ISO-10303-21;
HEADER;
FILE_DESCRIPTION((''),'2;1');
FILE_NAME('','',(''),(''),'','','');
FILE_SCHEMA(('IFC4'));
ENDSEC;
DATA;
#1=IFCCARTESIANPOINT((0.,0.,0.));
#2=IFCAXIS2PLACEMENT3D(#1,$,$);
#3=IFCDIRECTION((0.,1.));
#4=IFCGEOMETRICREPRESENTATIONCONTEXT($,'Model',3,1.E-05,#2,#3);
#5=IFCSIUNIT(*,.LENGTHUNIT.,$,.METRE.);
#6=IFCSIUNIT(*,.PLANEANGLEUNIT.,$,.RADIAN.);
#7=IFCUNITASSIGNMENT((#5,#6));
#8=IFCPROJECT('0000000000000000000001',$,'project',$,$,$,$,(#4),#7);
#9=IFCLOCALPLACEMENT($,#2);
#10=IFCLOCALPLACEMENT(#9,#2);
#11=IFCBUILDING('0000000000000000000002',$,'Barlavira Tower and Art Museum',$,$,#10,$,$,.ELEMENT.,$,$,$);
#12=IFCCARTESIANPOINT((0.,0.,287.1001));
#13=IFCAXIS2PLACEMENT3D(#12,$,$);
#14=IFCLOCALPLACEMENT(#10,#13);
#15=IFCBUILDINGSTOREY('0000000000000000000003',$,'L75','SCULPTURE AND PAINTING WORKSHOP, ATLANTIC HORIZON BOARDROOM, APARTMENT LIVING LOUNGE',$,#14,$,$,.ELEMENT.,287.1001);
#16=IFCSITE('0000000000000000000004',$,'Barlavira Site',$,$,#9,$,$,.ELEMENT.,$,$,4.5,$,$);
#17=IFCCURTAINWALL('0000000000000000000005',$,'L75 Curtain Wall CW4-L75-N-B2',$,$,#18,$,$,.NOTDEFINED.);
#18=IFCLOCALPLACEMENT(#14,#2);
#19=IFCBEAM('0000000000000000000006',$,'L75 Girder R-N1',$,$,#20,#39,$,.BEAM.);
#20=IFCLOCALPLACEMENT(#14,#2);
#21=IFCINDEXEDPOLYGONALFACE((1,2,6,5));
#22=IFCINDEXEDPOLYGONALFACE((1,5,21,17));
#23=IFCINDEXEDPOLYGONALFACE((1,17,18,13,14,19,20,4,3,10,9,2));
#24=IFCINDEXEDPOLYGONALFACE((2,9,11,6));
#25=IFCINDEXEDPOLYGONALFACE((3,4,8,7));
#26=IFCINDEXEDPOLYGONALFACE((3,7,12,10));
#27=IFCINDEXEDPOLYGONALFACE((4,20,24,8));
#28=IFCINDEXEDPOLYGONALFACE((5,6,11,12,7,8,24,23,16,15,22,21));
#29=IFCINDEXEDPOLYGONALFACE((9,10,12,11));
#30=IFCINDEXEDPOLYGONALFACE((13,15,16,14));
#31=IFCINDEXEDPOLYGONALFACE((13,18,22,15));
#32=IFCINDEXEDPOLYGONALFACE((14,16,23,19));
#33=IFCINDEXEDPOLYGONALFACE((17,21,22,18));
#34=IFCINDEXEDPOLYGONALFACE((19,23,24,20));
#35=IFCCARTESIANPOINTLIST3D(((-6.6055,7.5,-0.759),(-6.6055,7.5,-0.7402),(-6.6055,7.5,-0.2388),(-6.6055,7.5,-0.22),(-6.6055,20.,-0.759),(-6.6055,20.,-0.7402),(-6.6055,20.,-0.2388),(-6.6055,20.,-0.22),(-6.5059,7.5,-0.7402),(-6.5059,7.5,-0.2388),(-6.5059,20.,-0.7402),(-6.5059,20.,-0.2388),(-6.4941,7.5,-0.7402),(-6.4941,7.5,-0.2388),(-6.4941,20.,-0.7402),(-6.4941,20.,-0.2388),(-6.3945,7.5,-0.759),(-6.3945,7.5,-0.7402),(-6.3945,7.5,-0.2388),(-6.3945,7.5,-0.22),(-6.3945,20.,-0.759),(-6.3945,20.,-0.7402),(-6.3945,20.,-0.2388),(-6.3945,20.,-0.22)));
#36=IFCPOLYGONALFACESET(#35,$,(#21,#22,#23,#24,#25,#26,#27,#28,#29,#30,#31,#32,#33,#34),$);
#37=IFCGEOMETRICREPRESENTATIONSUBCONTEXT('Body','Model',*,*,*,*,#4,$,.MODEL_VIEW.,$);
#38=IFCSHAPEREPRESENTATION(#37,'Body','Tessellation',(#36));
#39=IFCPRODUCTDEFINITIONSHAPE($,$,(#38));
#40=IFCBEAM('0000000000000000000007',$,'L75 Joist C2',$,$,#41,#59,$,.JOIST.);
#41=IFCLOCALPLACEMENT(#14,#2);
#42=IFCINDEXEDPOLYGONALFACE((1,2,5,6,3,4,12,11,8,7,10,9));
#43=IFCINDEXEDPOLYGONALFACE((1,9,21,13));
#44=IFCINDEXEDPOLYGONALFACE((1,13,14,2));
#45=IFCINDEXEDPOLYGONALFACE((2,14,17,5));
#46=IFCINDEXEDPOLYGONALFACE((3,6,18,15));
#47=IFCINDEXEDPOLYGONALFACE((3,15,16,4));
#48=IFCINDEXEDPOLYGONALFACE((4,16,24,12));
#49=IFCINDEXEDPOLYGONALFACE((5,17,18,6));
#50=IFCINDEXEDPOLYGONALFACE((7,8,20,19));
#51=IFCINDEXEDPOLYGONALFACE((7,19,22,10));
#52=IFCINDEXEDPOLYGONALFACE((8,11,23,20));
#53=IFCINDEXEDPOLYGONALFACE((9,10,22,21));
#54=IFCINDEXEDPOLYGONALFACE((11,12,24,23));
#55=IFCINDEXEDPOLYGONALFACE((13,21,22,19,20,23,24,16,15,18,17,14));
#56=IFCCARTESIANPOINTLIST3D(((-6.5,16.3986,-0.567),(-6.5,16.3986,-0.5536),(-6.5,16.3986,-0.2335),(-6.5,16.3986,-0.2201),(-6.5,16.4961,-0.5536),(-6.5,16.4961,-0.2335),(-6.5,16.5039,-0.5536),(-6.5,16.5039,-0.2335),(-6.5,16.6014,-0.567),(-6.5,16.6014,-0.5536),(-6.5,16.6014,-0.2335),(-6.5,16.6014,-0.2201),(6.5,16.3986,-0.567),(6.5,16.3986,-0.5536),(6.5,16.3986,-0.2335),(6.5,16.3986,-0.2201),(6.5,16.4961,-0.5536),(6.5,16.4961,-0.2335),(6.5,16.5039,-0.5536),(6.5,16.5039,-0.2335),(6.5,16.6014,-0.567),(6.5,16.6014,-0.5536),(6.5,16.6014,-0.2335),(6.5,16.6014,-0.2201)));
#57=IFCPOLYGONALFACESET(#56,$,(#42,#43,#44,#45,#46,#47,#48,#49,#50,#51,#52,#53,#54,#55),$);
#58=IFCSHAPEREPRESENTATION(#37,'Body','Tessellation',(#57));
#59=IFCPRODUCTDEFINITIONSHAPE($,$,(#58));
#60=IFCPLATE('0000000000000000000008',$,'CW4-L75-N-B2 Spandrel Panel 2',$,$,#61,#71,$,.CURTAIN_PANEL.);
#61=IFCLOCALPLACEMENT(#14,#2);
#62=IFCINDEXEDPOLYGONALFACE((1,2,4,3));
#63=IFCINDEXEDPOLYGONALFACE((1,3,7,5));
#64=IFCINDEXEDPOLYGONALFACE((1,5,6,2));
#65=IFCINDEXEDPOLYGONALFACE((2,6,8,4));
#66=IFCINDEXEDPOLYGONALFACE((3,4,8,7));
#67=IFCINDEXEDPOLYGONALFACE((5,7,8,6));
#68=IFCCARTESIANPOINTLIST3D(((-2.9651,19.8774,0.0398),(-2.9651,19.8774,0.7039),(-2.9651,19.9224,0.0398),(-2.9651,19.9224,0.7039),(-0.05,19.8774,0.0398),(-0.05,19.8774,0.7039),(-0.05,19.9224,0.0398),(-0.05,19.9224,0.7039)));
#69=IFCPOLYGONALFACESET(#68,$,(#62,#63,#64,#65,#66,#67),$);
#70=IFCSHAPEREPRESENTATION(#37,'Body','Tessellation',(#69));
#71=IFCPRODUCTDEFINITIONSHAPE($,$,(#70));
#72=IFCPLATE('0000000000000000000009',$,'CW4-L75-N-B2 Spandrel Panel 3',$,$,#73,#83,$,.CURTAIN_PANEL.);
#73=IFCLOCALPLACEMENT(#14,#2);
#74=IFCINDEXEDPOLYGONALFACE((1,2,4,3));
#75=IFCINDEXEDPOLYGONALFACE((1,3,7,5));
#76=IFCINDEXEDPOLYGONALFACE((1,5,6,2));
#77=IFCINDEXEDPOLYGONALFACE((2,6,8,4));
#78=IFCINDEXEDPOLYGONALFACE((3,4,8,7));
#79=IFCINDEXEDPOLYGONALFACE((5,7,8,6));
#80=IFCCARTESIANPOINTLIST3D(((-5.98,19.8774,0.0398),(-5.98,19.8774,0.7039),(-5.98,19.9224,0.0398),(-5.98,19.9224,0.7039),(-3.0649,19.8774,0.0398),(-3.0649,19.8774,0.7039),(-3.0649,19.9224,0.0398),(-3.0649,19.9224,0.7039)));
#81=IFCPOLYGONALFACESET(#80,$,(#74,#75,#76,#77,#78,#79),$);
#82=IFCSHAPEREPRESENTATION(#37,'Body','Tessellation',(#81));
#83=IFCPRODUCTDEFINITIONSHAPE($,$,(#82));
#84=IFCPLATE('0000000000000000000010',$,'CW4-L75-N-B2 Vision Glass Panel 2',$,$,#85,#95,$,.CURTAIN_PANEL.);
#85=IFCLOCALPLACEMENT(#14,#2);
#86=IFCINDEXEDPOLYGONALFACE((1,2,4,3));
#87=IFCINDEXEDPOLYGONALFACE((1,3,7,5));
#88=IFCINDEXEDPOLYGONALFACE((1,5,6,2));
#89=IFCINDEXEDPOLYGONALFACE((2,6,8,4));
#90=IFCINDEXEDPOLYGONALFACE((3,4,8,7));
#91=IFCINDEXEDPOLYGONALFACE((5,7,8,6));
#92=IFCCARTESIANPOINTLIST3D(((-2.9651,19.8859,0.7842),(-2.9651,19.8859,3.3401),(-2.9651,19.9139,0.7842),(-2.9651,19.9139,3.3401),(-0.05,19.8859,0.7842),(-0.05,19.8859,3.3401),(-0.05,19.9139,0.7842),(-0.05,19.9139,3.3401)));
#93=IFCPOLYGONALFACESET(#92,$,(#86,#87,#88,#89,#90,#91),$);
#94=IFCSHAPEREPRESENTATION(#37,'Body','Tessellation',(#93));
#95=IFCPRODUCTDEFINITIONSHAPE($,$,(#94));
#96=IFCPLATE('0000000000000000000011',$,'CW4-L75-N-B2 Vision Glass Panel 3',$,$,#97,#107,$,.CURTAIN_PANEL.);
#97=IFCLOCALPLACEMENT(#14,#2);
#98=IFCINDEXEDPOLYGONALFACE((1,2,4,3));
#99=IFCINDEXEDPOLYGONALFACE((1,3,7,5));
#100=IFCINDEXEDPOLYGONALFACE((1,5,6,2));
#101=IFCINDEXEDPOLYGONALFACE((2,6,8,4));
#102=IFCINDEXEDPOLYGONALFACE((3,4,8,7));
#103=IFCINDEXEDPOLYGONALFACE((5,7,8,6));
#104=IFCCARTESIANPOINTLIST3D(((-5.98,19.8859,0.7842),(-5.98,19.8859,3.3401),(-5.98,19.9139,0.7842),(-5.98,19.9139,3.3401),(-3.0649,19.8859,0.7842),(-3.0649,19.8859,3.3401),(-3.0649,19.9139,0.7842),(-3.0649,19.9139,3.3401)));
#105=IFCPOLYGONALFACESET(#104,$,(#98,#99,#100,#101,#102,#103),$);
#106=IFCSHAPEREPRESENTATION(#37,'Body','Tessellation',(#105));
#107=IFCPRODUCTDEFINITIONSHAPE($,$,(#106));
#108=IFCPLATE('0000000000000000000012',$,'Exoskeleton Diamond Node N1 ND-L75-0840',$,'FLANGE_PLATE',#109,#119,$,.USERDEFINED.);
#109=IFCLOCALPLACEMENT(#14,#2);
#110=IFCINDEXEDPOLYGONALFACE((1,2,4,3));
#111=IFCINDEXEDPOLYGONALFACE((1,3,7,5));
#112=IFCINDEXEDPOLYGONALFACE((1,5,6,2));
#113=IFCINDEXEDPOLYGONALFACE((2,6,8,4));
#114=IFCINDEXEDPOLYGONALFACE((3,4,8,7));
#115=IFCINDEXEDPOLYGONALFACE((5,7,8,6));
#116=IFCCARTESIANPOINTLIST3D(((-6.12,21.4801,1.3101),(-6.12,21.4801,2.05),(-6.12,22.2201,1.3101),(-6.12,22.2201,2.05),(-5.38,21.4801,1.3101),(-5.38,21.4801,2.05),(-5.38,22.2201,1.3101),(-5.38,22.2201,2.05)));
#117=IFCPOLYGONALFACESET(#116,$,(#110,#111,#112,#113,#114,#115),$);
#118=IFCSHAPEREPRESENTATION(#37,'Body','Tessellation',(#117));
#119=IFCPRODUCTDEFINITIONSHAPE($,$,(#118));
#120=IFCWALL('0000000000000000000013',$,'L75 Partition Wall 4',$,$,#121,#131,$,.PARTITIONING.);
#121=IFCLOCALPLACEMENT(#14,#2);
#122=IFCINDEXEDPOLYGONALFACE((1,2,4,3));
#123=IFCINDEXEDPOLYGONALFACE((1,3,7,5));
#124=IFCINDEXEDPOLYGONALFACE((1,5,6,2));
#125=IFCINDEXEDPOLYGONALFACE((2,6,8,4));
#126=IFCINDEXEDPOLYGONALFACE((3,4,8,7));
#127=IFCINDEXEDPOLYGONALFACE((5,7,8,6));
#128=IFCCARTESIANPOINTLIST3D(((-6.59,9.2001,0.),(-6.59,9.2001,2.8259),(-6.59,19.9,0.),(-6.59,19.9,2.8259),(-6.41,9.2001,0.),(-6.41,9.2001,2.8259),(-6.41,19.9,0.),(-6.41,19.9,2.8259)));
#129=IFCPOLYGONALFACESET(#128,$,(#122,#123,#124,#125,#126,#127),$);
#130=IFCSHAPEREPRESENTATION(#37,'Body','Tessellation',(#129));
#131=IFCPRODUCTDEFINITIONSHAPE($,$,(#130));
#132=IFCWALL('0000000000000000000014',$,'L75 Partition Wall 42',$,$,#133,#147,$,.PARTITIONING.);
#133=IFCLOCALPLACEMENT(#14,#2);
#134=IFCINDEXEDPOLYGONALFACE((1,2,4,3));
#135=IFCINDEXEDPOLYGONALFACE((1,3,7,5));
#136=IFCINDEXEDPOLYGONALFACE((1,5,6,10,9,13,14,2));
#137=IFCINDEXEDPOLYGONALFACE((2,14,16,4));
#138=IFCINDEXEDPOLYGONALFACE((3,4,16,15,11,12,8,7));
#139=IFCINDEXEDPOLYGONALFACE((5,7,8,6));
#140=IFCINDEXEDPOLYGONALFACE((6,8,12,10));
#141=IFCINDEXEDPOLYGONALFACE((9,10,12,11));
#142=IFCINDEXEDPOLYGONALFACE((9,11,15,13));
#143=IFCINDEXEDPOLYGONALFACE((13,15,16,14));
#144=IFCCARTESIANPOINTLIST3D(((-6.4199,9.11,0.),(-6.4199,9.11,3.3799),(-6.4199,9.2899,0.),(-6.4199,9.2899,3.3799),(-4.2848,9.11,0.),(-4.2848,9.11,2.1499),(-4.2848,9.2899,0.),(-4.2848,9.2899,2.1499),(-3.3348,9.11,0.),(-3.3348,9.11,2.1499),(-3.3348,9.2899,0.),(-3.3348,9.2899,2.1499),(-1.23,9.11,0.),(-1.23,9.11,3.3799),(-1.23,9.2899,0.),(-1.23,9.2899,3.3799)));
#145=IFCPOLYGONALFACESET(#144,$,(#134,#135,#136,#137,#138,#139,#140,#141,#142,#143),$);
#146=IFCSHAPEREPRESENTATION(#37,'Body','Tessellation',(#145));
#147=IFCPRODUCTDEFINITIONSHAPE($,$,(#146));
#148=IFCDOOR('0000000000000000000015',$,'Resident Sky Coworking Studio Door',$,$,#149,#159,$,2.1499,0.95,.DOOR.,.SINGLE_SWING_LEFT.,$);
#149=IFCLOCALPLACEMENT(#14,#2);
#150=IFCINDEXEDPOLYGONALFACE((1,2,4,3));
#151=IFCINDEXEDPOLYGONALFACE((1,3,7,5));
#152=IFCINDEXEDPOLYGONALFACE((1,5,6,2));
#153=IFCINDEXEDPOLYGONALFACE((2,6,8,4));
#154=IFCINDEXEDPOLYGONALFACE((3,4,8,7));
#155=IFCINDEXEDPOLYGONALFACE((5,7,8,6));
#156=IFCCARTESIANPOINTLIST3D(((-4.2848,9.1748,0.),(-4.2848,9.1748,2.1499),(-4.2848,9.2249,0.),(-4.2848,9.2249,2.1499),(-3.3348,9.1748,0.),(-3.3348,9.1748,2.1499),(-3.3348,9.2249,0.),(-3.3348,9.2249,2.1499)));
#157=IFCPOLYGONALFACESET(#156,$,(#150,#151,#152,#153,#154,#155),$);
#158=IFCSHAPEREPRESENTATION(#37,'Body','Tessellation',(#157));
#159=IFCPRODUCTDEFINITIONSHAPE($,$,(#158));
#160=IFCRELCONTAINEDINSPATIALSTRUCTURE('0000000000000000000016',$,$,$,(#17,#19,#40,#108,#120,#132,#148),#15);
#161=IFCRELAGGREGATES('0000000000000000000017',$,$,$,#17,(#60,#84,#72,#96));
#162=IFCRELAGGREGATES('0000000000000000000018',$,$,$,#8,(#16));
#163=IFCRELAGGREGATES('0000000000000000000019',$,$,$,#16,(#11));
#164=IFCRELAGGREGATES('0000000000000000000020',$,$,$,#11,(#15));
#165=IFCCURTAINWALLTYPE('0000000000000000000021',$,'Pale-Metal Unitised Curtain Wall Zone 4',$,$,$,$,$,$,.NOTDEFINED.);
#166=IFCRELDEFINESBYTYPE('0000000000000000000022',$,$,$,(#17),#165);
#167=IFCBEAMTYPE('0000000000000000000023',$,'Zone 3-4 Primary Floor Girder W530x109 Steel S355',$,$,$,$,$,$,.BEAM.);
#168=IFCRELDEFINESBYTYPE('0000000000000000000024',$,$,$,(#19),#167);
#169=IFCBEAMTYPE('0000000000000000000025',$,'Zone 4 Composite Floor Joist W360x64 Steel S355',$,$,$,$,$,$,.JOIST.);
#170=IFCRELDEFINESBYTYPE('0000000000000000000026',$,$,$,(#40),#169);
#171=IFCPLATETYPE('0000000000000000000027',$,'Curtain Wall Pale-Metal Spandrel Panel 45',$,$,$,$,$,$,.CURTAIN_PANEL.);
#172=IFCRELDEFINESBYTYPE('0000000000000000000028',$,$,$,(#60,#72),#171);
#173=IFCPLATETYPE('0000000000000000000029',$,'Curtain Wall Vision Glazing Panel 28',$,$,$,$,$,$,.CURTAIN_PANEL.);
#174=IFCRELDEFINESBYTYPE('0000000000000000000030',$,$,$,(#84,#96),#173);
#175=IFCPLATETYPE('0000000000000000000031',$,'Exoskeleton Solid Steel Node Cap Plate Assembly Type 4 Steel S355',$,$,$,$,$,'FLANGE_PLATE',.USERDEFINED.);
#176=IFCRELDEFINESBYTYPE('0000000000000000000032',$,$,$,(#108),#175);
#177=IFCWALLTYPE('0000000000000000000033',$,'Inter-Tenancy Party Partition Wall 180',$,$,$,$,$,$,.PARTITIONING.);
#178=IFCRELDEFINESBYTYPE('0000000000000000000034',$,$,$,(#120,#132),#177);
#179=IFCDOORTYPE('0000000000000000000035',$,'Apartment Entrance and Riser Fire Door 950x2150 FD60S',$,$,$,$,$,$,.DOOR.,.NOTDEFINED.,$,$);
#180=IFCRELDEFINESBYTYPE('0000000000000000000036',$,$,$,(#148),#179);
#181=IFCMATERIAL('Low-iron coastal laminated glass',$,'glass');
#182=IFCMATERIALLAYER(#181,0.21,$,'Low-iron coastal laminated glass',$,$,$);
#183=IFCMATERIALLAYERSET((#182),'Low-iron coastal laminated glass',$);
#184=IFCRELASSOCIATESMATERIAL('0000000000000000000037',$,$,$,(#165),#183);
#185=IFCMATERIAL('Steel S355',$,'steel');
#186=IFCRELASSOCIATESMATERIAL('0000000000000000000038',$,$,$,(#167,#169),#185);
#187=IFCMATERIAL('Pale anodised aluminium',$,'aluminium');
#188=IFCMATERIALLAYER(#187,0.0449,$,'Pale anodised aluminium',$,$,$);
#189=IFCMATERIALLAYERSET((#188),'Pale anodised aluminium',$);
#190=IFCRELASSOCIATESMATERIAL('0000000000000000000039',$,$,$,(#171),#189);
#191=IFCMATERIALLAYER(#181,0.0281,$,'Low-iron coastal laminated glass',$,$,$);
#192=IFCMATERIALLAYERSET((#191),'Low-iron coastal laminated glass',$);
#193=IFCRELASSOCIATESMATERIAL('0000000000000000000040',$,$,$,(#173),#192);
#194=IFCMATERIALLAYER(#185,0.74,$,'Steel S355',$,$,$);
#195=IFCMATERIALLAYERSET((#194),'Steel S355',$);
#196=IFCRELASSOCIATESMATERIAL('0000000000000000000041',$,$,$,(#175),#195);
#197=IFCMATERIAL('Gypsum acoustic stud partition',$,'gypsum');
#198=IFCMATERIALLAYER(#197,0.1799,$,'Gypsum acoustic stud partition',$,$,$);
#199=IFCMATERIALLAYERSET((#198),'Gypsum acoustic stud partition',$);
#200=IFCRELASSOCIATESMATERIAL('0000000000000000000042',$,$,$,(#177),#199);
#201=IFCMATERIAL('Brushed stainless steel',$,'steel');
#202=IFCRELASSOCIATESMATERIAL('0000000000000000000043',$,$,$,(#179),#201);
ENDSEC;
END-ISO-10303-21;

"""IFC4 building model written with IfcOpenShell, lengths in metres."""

from ifc_helpers import new_model, si_unit, direction, frame, frame_2d, origin, origin_2d, place, context, subcontext, project, spatial, rectangle, i_section, extrude, material, layer, layer_set, material_profile, profile_set, type_object, element, fill, aggregate, save


model = new_model("IFC4")

# Units and contexts
model_context = context("Model", 3, precision=1e-05, world=origin(), true_north=direction((0.0, 1.0)))
body_context = subcontext(model_context, "Body", "Model", "MODEL_VIEW")
ifc_project = project(units=[si_unit("LENGTHUNIT", "METRE"), si_unit("PLANEANGLEUNIT", "RADIAN")], contexts=[model_context])

# Site, building, storey
site_placement = place(None, origin())
site = spatial("IfcSite", under=ifc_project, at=site_placement, Name="Barlavira Site", CompositionType="ELEMENT", RefElevation=4.5)
building_placement = place(site_placement, origin())
building = spatial("IfcBuilding", under=site, at=building_placement, Name="Barlavira Tower and Art Museum", CompositionType="ELEMENT")
storey_placement = place(building_placement, frame((0.0, 0.0, 287.1001)))
storey = spatial("IfcBuildingStorey", under=building, at=storey_placement, Name="L75", Description="SCULPTURE AND PAINTING WORKSHOP, ATLANTIC HORIZON BOARDROOM, APARTMENT LIVING LOUNGE", CompositionType="ELEMENT", Elevation=287.1001)

# Shared definitions
ifc_material_1 = material(Name="Steel S355", Category="steel")

# Curtain wall
ifc_material_2 = material(Name="Low-iron coastal laminated glass", Category="glass")
ifc_layer_1 = layer(ifc_material_2, 0.21, Name="Low-iron coastal laminated glass")
ifc_layer_set_1 = layer_set([ifc_layer_1], Name="Low-iron coastal laminated glass")
curtain_wall_type = type_object("IfcCurtainWallType", Name="Pale-Metal Unitised Curtain Wall Zone 4", PredefinedType="NOTDEFINED", material=ifc_layer_set_1)
curtain_wall_placement = place(storey_placement, origin())
curtain_wall = element("IfcCurtainWall", 1, at=curtain_wall_placement, inside=storey, type_object=curtain_wall_type, Name="L75 Curtain Wall CW4-L75-N-B2", PredefinedType="NOTDEFINED")
ifc_material_3 = material(Name="Pale anodised aluminium", Category="aluminium")

# Beams
ifc_material_profile_1 = material_profile(ifc_material_1, i_section(OverallWidth=0.2109, OverallDepth=0.5391, WebThickness=0.0117, FlangeThickness=0.0188, at=origin_2d()), Name="W530x109.0")
ifc_profile_set_1 = profile_set([ifc_material_profile_1], Name="Steel S355")
beam_type_1 = type_object("IfcBeamType", Name="Zone 3-4 Primary Floor Girder W530x109 Steel S355", PredefinedType="BEAM", material=ifc_profile_set_1)
beam_1_placement = place(storey_placement, frame((-6.5, 7.5, -0.4895), z_axis=(0.0, 1.0, 0.0), x_axis=(-1.0, 0.0, 0.0)))
element("IfcBeam", 2, at=beam_1_placement, inside=storey, type_object=beam_type_1, Name="L75 Girder R-N1", PredefinedType="BEAM", context=body_context, shape_type="SweptSolid", body=[
    extrude(i_section(OverallWidth=0.2109, OverallDepth=0.5391, WebThickness=0.0117, FlangeThickness=0.0188, at=origin_2d()), origin(), (0.0, 0.0, 1.0), 12.5),
])
ifc_material_profile_2 = material_profile(ifc_material_1, i_section(OverallWidth=0.2029, OverallDepth=0.3469, WebThickness=0.0078, FlangeThickness=0.0134, at=origin_2d()), Name="W360x64.0")
ifc_profile_set_2 = profile_set([ifc_material_profile_2], Name="Steel S355")
beam_type_2 = type_object("IfcBeamType", Name="Zone 4 Composite Floor Joist W360x64 Steel S355", PredefinedType="JOIST", material=ifc_profile_set_2)
beam_2_placement = place(storey_placement, frame((-6.5, 16.5, -0.3936), z_axis=(1.0, 0.0, 0.0), x_axis=(0.0, 1.0, 0.0)))
element("IfcBeam", 3, at=beam_2_placement, inside=storey, type_object=beam_type_2, Name="L75 Joist C2", PredefinedType="JOIST", context=body_context, shape_type="SweptSolid", body=[
    extrude(i_section(OverallWidth=0.2029, OverallDepth=0.3469, WebThickness=0.0078, FlangeThickness=0.0134, at=origin_2d()), origin(), (0.0, 0.0, 1.0), 13.0),
])

# Plates
ifc_layer_2 = layer(ifc_material_3, 0.0449, Name="Pale anodised aluminium")
ifc_layer_set_2 = layer_set([ifc_layer_2], Name="Pale anodised aluminium")
plate_type_1 = type_object("IfcPlateType", Name="Curtain Wall Pale-Metal Spandrel Panel 45", PredefinedType="CURTAIN_PANEL", material=ifc_layer_set_2)
plate_1_placement = place(storey_placement, frame((-1.5076, 19.8999, 0.0398), z_axis=(0.0, 0.0, 1.0), x_axis=(-1.0, 0.0, 0.0)))
plate_1 = element("IfcPlate", 4, at=plate_1_placement, type_object=plate_type_1, Name="CW4-L75-N-B2 Spandrel Panel 2", PredefinedType="CURTAIN_PANEL", context=body_context, shape_type="SweptSolid", body=[
    extrude(rectangle(XDim=2.915, YDim=0.0449, at=origin_2d()), origin(), (0.0, 0.0, 1.0), 0.6641),
])
plate_2_placement = place(storey_placement, frame((-4.5225, 19.8999, 0.0398), z_axis=(0.0, 0.0, 1.0), x_axis=(-1.0, 0.0, 0.0)))
plate_2 = element("IfcPlate", 5, at=plate_2_placement, type_object=plate_type_1, Name="CW4-L75-N-B2 Spandrel Panel 3", PredefinedType="CURTAIN_PANEL", context=body_context, shape_type="SweptSolid", body=[
    extrude(rectangle(XDim=2.915, YDim=0.0449, at=origin_2d()), origin(), (0.0, 0.0, 1.0), 0.6641),
])
ifc_layer_3 = layer(ifc_material_2, 0.0281, Name="Low-iron coastal laminated glass")
ifc_layer_set_3 = layer_set([ifc_layer_3], Name="Low-iron coastal laminated glass")
plate_type_2 = type_object("IfcPlateType", Name="Curtain Wall Vision Glazing Panel 28", PredefinedType="CURTAIN_PANEL", material=ifc_layer_set_3)
plate_3_placement = place(storey_placement, frame((-1.5076, 19.8999, 0.7842), z_axis=(0.0, 0.0, 1.0), x_axis=(-1.0, 0.0, 0.0)))
plate_3 = element("IfcPlate", 6, at=plate_3_placement, type_object=plate_type_2, Name="CW4-L75-N-B2 Vision Glass Panel 2", PredefinedType="CURTAIN_PANEL", context=body_context, shape_type="SweptSolid", body=[
    extrude(rectangle(XDim=2.915, YDim=0.0281, at=origin_2d()), origin(), (0.0, 0.0, 1.0), 2.5559),
])
plate_4_placement = place(storey_placement, frame((-4.5225, 19.8999, 0.7842), z_axis=(0.0, 0.0, 1.0), x_axis=(-1.0, 0.0, 0.0)))
plate_4 = element("IfcPlate", 7, at=plate_4_placement, type_object=plate_type_2, Name="CW4-L75-N-B2 Vision Glass Panel 3", PredefinedType="CURTAIN_PANEL", context=body_context, shape_type="SweptSolid", body=[
    extrude(rectangle(XDim=2.915, YDim=0.0281, at=origin_2d()), origin(), (0.0, 0.0, 1.0), 2.5559),
])
aggregate(curtain_wall, [plate_1, plate_3, plate_2, plate_4])
ifc_layer_4 = layer(ifc_material_1, 0.74, Name="Steel S355")
ifc_layer_set_4 = layer_set([ifc_layer_4], Name="Steel S355")
plate_type_3 = type_object("IfcPlateType", Name="Exoskeleton Solid Steel Node Cap Plate Assembly Type 4 Steel S355", ElementType="FLANGE_PLATE", PredefinedType="USERDEFINED", material=ifc_layer_set_4)
plate_5_placement = place(storey_placement, frame((-5.75, 21.8501, 1.3101), z_axis=(0.0, 0.0, 1.0), x_axis=(1.0, 0.0, 0.0)))
element("IfcPlate", 8, at=plate_5_placement, inside=storey, type_object=plate_type_3, Name="Exoskeleton Diamond Node N1 ND-L75-0840", ObjectType="FLANGE_PLATE", PredefinedType="USERDEFINED", context=body_context, shape_type="SweptSolid", body=[
    extrude(rectangle(XDim=0.74, YDim=0.74, at=origin_2d()), origin(), (0.0, 0.0, 1.0), 0.74),
])

# Wall
ifc_material_4 = material(Name="Gypsum acoustic stud partition", Category="gypsum")
ifc_layer_5 = layer(ifc_material_4, 0.1799, Name="Gypsum acoustic stud partition")
ifc_layer_set_5 = layer_set([ifc_layer_5], Name="Gypsum acoustic stud partition")
wall_type = type_object("IfcWallType", Name="Inter-Tenancy Party Partition Wall 180", PredefinedType="PARTITIONING", material=ifc_layer_set_5)
wall_1_placement = place(storey_placement, frame((-6.5, 9.2, 0.0), z_axis=(0.0, 0.0, 1.0), x_axis=(0.0, 1.0, 0.0)))
element("IfcWall", 9, at=wall_1_placement, inside=storey, type_object=wall_type, Name="L75 Partition Wall 4", PredefinedType="PARTITIONING", context=body_context, shape_type="SweptSolid", body=[
    extrude(rectangle(XDim=10.7, YDim=0.1799, at=frame_2d((5.3501, 0.0))), origin(), (0.0, 0.0, 1.0), 2.8259),
])

# Wall, opening, door
wall_2_placement = place(storey_placement, frame((-6.4199, 9.2, 0.0), z_axis=(0.0, 0.0, 1.0), x_axis=(1.0, 0.0, 0.0)))
wall_2 = element("IfcWall", 10, at=wall_2_placement, inside=storey, type_object=wall_type, Name="L75 Partition Wall 42", PredefinedType="PARTITIONING", context=body_context, shape_type="SweptSolid", body=[
    extrude(rectangle(XDim=5.1899, YDim=0.1799, at=frame_2d((2.595, 0.0))), origin(), (0.0, 0.0, 1.0), 3.3799),
])
opening_placement = place(wall_2_placement, frame((2.135, 0.0, 0.0)))
opening = element("IfcOpeningElement", 11, at=opening_placement, cuts=wall_2, PredefinedType="OPENING", context=body_context, shape_type="SweptSolid", body=[
    extrude(rectangle(XDim=0.95, YDim=2.1499, at=frame_2d((0.4751, 1.075))), frame((0.0, 0.1001, 0.0), z_axis=(0.0, -1.0, 0.0), x_axis=(1.0, 0.0, 0.0)), (0.0, 0.0, 1.0), 0.2),
])
ifc_material_5 = material(Name="Brushed stainless steel", Category="steel")
door_type = type_object("IfcDoorType", Name="Apartment Entrance and Riser Fire Door 950x2150 FD60S", OperationType="NOTDEFINED", PredefinedType="DOOR", material=ifc_material_5)
door_placement = place(opening_placement, origin())
door = element("IfcDoor", 12, at=door_placement, inside=storey, type_object=door_type, Name="Resident Sky Coworking Studio Door", OperationType="SINGLE_SWING_LEFT", OverallHeight=2.1499, OverallWidth=0.95, PredefinedType="DOOR", context=body_context, shape_type="SweptSolid", body=[
    extrude(rectangle(XDim=0.95, YDim=2.1499, at=frame_2d((0.4751, 1.075))), frame((0.0, 0.0249, 0.0), z_axis=(0.0, -1.0, 0.0), x_axis=(1.0, 0.0, 0.0)), (0.0, 0.0, 1.0), 0.05),
])
fill(opening, door)

save(model, "model.ifc")
